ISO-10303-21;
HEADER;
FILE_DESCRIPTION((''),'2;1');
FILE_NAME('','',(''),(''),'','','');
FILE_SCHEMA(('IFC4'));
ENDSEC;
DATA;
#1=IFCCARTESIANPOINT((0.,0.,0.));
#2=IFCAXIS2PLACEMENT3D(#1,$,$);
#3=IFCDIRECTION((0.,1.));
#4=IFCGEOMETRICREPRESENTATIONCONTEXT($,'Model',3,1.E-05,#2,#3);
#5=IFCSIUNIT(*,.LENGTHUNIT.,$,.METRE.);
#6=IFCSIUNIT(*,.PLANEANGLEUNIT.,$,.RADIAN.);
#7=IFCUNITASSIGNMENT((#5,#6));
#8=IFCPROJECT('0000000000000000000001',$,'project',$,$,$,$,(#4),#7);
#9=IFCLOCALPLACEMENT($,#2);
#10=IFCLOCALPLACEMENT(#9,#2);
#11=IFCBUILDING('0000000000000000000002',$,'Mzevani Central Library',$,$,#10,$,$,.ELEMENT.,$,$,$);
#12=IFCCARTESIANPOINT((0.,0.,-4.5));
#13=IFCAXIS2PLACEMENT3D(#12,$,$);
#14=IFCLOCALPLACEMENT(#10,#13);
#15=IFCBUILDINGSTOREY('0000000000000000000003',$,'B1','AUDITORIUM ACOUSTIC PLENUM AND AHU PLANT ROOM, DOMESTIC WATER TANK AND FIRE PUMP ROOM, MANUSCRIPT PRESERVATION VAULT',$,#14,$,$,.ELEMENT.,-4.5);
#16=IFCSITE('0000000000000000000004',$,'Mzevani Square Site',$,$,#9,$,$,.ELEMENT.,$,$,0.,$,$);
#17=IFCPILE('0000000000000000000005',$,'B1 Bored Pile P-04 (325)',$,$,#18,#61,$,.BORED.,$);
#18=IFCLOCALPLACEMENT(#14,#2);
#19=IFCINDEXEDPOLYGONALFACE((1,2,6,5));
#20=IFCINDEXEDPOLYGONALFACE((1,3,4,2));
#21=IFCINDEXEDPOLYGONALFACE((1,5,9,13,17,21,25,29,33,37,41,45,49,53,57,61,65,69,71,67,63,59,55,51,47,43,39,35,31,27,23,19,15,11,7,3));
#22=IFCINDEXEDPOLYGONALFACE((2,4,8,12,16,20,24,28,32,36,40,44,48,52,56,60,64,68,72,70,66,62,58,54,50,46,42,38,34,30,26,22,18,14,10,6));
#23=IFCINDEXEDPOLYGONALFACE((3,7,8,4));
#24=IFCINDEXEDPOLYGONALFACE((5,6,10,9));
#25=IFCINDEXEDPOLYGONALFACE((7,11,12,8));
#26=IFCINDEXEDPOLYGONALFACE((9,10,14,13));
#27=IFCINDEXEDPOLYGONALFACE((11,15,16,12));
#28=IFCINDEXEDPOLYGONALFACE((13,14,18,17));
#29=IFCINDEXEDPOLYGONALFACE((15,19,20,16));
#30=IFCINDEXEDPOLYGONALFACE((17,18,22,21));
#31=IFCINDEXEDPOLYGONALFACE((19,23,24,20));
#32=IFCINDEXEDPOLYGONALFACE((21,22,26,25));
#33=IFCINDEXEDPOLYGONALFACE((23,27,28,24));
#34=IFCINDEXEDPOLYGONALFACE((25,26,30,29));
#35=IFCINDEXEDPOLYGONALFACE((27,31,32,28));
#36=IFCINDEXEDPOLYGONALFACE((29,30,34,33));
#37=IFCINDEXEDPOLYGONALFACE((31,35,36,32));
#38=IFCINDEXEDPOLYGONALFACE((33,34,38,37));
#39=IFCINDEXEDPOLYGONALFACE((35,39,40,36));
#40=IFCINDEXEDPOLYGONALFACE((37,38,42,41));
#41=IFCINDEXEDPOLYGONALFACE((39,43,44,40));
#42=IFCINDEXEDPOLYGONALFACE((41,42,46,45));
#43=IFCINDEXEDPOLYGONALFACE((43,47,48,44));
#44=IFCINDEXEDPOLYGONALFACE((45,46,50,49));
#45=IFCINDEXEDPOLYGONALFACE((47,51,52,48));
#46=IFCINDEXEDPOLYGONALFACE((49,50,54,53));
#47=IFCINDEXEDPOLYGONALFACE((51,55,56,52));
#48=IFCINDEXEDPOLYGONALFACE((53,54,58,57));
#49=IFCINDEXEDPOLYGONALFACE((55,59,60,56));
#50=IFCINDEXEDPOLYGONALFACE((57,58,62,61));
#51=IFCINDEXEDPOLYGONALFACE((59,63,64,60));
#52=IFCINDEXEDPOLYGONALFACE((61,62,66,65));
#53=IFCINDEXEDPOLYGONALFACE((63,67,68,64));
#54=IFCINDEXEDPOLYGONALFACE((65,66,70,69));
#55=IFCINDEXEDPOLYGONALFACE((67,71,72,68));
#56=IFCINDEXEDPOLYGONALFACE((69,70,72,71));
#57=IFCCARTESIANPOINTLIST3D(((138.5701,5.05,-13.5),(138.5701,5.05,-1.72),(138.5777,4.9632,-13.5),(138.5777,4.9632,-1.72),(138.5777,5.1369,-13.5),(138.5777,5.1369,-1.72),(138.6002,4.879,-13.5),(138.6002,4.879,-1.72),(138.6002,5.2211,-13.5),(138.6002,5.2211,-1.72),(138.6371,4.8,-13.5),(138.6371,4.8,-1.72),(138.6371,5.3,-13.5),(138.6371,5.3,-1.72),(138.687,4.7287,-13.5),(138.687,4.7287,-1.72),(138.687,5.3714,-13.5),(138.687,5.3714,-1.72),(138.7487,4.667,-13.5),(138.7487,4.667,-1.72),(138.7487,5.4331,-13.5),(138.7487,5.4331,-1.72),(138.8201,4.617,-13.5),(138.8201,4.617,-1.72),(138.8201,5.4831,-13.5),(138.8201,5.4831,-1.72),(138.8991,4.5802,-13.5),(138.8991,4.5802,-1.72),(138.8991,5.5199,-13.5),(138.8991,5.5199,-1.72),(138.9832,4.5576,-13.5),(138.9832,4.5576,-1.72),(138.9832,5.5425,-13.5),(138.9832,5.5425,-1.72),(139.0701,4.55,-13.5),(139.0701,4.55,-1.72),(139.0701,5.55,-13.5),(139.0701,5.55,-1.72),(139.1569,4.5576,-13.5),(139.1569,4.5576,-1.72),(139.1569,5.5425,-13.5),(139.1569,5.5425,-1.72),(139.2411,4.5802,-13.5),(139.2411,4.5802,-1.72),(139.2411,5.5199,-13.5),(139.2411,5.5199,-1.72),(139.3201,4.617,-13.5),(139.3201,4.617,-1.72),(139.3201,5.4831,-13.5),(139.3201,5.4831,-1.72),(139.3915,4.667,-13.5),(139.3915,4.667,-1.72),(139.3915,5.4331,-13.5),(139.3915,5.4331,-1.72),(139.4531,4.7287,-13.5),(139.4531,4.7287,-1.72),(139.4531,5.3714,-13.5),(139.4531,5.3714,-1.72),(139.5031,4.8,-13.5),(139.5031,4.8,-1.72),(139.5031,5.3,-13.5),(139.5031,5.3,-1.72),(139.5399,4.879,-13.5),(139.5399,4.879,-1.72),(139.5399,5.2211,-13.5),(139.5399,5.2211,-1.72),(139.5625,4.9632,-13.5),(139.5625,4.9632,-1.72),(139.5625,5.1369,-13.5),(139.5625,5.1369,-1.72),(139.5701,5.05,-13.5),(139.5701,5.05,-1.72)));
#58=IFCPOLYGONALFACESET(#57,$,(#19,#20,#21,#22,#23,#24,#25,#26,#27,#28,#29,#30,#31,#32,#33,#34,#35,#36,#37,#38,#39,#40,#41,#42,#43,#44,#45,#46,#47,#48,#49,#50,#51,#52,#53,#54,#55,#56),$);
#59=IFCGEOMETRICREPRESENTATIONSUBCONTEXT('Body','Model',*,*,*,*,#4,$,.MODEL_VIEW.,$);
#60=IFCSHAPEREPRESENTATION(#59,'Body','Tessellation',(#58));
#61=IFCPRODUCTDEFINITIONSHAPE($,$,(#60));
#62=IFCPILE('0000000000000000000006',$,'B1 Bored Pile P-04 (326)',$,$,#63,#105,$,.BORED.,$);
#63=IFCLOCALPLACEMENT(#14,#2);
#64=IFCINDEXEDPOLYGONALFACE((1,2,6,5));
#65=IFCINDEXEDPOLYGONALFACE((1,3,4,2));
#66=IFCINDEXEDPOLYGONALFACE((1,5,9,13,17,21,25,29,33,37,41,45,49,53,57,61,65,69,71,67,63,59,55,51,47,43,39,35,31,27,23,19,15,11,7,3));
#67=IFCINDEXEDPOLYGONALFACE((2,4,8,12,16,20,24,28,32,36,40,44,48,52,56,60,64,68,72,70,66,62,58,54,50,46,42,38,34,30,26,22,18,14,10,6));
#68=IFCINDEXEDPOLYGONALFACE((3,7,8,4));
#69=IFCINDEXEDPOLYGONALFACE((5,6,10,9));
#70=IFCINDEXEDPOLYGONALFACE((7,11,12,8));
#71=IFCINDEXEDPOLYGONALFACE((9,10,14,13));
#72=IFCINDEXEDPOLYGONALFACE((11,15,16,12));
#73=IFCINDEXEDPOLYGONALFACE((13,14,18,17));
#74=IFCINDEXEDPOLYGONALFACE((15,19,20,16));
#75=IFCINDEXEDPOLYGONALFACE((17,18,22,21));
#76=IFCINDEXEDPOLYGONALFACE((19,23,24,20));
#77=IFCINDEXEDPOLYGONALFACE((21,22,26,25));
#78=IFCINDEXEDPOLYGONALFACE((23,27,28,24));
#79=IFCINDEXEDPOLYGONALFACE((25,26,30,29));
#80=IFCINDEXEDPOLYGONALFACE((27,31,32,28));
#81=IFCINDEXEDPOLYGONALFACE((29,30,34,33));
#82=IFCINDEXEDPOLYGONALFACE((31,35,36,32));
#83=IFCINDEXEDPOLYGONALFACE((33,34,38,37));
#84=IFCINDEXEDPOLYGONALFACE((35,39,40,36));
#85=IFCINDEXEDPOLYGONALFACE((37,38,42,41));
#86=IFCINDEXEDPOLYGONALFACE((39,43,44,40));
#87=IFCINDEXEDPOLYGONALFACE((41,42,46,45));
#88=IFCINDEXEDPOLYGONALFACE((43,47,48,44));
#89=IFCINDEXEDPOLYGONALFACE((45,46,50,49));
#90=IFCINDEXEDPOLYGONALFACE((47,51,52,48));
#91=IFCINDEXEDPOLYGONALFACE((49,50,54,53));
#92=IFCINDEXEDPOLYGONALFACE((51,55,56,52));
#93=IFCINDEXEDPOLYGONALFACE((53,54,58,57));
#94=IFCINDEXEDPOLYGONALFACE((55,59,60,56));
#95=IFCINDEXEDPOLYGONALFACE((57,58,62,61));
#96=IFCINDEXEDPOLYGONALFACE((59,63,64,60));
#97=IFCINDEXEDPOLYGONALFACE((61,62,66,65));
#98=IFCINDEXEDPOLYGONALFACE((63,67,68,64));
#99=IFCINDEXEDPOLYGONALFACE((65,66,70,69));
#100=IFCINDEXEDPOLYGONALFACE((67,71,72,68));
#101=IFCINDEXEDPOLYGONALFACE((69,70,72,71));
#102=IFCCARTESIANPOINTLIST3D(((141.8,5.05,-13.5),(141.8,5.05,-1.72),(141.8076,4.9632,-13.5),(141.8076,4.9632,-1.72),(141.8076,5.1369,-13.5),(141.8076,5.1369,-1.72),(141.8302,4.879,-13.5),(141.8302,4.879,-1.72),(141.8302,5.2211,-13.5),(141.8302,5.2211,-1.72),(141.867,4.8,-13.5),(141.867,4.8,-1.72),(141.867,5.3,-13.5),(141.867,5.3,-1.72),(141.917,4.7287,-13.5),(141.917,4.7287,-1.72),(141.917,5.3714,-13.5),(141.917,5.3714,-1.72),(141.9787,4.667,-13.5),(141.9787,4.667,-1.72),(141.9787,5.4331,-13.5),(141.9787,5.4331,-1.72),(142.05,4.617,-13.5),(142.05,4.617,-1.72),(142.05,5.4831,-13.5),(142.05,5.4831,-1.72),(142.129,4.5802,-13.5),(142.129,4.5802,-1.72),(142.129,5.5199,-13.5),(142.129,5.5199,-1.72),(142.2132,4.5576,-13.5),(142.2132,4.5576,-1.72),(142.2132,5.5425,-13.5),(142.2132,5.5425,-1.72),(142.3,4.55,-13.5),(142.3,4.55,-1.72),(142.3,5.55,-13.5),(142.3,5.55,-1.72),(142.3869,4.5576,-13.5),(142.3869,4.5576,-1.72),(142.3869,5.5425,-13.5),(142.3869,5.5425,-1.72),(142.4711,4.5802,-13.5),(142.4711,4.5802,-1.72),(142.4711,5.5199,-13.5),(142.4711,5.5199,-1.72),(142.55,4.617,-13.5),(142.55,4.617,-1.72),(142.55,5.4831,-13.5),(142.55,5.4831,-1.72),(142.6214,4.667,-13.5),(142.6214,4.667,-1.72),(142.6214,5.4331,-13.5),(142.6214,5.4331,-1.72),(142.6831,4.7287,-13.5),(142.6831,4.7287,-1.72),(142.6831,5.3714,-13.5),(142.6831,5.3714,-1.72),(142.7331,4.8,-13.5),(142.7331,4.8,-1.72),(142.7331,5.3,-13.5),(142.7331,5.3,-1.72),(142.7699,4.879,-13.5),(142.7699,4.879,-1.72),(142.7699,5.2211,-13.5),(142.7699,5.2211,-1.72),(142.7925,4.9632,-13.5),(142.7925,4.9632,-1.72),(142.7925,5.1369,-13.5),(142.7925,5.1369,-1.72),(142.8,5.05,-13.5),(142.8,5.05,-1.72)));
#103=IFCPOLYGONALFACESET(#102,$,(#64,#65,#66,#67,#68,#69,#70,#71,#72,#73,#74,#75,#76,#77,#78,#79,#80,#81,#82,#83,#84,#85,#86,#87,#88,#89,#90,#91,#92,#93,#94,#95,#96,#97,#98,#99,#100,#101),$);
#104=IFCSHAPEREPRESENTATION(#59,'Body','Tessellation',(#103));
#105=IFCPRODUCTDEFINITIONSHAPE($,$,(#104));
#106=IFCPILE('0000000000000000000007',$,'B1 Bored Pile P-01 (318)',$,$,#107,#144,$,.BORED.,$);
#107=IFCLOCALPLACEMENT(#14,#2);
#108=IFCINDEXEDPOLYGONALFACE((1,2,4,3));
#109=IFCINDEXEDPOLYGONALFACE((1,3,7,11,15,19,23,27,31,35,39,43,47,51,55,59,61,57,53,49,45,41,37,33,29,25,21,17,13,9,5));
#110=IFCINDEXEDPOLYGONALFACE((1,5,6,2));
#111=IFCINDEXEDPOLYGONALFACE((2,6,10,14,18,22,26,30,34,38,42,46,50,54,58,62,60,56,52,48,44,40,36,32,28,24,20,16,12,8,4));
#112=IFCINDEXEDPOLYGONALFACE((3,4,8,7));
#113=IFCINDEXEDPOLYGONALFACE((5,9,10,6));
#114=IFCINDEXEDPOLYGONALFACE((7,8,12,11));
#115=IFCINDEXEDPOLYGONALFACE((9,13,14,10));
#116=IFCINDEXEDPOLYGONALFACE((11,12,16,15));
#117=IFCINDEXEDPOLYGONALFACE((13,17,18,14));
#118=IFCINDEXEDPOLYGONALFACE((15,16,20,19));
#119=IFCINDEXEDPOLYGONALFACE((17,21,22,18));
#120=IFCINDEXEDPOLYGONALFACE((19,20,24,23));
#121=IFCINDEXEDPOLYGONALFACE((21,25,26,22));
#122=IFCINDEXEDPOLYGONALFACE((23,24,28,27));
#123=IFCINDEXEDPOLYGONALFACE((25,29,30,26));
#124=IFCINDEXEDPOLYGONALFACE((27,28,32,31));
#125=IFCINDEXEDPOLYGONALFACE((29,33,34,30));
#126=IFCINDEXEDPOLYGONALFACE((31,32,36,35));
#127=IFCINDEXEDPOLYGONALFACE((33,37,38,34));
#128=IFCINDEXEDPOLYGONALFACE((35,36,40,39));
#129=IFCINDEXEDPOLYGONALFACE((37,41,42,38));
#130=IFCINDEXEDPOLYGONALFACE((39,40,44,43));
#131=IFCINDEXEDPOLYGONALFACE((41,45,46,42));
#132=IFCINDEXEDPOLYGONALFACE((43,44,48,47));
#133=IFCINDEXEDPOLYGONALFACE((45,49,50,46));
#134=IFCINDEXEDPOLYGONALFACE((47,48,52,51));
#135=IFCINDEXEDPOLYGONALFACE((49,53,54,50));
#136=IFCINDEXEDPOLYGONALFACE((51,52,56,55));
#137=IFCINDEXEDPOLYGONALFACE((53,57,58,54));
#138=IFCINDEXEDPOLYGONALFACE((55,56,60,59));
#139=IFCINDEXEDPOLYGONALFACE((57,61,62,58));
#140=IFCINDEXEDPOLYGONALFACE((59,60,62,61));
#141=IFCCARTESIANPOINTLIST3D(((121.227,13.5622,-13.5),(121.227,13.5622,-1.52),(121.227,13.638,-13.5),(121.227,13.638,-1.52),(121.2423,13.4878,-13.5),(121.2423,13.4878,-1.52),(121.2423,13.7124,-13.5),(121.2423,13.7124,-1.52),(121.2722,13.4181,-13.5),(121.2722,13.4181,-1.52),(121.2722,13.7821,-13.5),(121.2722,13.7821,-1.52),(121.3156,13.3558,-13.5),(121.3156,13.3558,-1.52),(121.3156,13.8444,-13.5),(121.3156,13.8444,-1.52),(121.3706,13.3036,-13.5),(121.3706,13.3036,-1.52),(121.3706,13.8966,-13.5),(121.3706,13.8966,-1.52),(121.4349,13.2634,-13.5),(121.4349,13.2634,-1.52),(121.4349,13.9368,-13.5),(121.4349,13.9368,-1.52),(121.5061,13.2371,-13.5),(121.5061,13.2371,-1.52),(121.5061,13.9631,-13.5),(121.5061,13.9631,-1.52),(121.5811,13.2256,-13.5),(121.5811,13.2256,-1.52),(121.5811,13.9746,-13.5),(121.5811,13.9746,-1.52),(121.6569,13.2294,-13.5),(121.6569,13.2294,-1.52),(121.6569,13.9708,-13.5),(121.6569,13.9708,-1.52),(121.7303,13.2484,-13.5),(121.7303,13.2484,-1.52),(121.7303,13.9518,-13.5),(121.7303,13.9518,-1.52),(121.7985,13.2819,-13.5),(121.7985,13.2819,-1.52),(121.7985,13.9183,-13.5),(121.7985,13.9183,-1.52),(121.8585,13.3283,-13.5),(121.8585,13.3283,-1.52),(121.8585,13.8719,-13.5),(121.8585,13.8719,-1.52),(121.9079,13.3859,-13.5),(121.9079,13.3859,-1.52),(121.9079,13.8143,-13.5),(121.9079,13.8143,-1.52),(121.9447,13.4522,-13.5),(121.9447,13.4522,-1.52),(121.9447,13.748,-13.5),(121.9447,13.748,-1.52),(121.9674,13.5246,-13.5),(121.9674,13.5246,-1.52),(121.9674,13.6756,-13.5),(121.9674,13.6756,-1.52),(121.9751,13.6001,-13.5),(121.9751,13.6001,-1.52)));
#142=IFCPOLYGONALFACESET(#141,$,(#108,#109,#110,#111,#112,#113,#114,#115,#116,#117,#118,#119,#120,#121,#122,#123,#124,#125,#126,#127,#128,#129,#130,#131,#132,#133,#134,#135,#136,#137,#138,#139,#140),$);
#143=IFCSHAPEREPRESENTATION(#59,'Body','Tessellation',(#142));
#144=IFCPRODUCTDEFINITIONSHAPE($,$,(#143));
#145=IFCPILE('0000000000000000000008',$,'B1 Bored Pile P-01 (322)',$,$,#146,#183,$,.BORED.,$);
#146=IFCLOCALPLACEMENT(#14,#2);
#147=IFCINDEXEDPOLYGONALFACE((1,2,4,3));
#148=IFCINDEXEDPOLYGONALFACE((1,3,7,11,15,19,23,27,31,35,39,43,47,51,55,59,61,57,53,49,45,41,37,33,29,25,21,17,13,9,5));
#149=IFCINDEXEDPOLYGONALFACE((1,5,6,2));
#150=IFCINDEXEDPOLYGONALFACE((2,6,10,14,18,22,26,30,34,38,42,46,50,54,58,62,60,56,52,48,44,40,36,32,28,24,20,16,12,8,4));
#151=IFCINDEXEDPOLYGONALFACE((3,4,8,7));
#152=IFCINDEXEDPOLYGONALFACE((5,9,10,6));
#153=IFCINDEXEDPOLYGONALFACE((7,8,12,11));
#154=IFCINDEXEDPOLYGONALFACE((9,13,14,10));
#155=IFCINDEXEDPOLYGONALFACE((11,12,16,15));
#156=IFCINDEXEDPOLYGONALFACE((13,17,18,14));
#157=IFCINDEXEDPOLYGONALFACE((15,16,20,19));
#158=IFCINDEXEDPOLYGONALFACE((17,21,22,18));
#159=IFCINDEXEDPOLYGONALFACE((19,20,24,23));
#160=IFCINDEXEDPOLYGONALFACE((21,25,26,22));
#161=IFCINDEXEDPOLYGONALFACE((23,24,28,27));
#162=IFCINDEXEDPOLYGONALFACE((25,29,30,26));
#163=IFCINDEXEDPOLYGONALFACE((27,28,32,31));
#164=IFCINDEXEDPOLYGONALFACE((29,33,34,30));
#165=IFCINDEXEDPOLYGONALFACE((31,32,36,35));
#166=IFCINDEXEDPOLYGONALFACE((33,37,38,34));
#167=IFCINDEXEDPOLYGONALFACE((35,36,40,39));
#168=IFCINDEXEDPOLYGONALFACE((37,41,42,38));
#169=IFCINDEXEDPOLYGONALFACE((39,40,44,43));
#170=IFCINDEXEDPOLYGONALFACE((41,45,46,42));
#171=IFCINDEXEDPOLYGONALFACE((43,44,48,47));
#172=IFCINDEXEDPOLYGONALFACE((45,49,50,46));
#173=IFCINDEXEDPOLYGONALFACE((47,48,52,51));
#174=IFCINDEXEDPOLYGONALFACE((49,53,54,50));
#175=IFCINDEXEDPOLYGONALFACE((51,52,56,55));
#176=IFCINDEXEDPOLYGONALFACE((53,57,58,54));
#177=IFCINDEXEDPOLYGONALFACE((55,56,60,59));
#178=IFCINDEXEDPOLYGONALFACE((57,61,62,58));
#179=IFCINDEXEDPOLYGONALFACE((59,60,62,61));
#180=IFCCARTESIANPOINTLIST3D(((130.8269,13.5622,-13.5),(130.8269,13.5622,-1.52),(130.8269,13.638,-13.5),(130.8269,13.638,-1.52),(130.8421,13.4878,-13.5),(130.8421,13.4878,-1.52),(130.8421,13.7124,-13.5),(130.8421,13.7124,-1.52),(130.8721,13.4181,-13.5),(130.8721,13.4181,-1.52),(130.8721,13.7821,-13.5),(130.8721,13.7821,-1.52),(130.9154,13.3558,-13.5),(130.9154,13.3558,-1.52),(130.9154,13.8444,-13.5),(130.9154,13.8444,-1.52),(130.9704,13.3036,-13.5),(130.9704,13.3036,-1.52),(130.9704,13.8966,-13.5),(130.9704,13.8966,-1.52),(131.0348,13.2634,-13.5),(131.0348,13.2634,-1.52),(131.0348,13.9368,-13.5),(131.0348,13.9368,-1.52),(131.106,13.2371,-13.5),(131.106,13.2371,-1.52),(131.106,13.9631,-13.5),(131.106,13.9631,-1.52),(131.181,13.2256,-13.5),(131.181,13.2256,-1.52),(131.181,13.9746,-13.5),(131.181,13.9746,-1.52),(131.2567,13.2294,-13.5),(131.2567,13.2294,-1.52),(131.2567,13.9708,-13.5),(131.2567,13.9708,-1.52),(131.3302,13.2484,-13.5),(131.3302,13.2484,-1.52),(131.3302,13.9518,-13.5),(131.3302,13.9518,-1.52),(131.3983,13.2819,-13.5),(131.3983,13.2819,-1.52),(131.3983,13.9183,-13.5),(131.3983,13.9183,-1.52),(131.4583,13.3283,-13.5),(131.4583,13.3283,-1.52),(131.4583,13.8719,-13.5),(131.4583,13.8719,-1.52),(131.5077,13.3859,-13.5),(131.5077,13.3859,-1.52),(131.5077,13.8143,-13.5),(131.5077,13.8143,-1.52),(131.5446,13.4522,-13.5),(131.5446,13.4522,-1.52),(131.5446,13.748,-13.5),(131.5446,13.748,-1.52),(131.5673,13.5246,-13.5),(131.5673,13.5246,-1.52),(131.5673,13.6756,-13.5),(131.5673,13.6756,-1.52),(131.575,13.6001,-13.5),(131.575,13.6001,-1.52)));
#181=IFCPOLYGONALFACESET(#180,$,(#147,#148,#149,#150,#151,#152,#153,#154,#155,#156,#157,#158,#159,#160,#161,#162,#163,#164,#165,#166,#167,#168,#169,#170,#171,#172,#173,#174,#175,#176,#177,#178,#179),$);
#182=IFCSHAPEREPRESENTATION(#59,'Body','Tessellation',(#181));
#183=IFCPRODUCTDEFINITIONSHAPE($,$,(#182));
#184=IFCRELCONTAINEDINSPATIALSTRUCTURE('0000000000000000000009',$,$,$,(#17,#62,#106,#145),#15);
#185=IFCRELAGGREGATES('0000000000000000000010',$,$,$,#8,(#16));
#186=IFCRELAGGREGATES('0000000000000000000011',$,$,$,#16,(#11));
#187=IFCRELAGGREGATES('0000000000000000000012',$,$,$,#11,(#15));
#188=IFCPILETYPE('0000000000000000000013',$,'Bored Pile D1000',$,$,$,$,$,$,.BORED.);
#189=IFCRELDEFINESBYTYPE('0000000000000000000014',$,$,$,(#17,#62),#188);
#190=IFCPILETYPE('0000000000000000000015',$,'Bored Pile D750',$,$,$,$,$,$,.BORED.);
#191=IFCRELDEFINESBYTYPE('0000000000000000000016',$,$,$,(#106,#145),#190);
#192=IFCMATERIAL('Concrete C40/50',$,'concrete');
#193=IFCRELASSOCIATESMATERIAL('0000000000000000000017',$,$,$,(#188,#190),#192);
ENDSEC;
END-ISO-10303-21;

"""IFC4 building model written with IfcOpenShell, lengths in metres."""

from ifc_helpers import new_model, si_unit, direction, frame, origin, origin_2d, place, context, subcontext, project, spatial, circle, extrude, material, material_profile, profile_set, type_object, element, save


model = new_model("IFC4")

# Units and contexts
model_context = context("Model", 3, precision=1e-05, world=origin(), true_north=direction((0.0, 1.0)))
body_context = subcontext(model_context, "Body", "Model", "MODEL_VIEW")
ifc_project = project(units=[si_unit("LENGTHUNIT", "METRE"), si_unit("PLANEANGLEUNIT", "RADIAN")], contexts=[model_context])

# Site, building, storey
site_placement = place(None, origin())
site = spatial("IfcSite", under=ifc_project, at=site_placement, Name="Mzevani Square Site", CompositionType="ELEMENT", RefElevation=0.0)
building_placement = place(site_placement, origin())
building = spatial("IfcBuilding", under=site, at=building_placement, Name="Mzevani Central Library", CompositionType="ELEMENT")
storey_placement = place(building_placement, frame((0.0, 0.0, -4.5)))
storey = spatial("IfcBuildingStorey", under=building, at=storey_placement, Name="B1", Description="AUDITORIUM ACOUSTIC PLENUM AND AHU PLANT ROOM, DOMESTIC WATER TANK AND FIRE PUMP ROOM, MANUSCRIPT PRESERVATION VAULT", CompositionType="ELEMENT", Elevation=-4.5)

# Piles
ifc_material_1 = material(Name="Concrete C40/50", Category="concrete")
ifc_material_profile_1 = material_profile(ifc_material_1, circle(Radius=0.5, at=origin_2d()), Name="PILE D1000")
ifc_profile_set_1 = profile_set([ifc_material_profile_1], Name="Concrete C40/50")
pile_type_1 = type_object("IfcPileType", Name="Bored Pile D1000", PredefinedType="BORED", material=ifc_profile_set_1)
for number, where, z_axis, x_axis, name in (
    (1, (139.0701, 5.05, -1.72), (0.0, 0.0, -1.0), (1.0, 0.0, 0.0), "B1 Bored Pile P-04 (325)"),
    (2, (142.3, 5.05, -1.72), (0.0, 0.0, -1.0), (1.0, 0.0, 0.0), "B1 Bored Pile P-04 (326)"),
):
    element("IfcPile", number, at=place(storey_placement, frame(where, z_axis=z_axis, x_axis=x_axis)), inside=storey, type_object=pile_type_1, Name=name, PredefinedType="BORED", context=body_context, shape_type="SweptSolid", body=[
        extrude(circle(Radius=0.5, at=origin_2d()), origin(), (0.0, 0.0, 1.0), 11.78),
    ])
ifc_material_profile_2 = material_profile(ifc_material_1, circle(Radius=0.375, at=origin_2d()), Name="PILE D750")
ifc_profile_set_2 = profile_set([ifc_material_profile_2], Name="Concrete C40/50")
pile_type_2 = type_object("IfcPileType", Name="Bored Pile D750", PredefinedType="BORED", material=ifc_profile_set_2)
for number, where, z_axis, x_axis, name in (
    (3, (121.6001, 13.6001, -1.52), (0.0, 0.0, -1.0), (1.0, 0.0, 0.0), "B1 Bored Pile P-01 (318)"),
    (4, (131.2, 13.6001, -1.52), (0.0, 0.0, -1.0), (1.0, 0.0, 0.0), "B1 Bored Pile P-01 (322)"),
):
    element("IfcPile", number, at=place(storey_placement, frame(where, z_axis=z_axis, x_axis=x_axis)), inside=storey, type_object=pile_type_2, Name=name, PredefinedType="BORED", context=body_context, shape_type="SweptSolid", body=[
        extrude(circle(Radius=0.375, at=origin_2d()), origin(), (0.0, 0.0, 1.0), 11.98),
    ])

save(model, "model.ifc")
